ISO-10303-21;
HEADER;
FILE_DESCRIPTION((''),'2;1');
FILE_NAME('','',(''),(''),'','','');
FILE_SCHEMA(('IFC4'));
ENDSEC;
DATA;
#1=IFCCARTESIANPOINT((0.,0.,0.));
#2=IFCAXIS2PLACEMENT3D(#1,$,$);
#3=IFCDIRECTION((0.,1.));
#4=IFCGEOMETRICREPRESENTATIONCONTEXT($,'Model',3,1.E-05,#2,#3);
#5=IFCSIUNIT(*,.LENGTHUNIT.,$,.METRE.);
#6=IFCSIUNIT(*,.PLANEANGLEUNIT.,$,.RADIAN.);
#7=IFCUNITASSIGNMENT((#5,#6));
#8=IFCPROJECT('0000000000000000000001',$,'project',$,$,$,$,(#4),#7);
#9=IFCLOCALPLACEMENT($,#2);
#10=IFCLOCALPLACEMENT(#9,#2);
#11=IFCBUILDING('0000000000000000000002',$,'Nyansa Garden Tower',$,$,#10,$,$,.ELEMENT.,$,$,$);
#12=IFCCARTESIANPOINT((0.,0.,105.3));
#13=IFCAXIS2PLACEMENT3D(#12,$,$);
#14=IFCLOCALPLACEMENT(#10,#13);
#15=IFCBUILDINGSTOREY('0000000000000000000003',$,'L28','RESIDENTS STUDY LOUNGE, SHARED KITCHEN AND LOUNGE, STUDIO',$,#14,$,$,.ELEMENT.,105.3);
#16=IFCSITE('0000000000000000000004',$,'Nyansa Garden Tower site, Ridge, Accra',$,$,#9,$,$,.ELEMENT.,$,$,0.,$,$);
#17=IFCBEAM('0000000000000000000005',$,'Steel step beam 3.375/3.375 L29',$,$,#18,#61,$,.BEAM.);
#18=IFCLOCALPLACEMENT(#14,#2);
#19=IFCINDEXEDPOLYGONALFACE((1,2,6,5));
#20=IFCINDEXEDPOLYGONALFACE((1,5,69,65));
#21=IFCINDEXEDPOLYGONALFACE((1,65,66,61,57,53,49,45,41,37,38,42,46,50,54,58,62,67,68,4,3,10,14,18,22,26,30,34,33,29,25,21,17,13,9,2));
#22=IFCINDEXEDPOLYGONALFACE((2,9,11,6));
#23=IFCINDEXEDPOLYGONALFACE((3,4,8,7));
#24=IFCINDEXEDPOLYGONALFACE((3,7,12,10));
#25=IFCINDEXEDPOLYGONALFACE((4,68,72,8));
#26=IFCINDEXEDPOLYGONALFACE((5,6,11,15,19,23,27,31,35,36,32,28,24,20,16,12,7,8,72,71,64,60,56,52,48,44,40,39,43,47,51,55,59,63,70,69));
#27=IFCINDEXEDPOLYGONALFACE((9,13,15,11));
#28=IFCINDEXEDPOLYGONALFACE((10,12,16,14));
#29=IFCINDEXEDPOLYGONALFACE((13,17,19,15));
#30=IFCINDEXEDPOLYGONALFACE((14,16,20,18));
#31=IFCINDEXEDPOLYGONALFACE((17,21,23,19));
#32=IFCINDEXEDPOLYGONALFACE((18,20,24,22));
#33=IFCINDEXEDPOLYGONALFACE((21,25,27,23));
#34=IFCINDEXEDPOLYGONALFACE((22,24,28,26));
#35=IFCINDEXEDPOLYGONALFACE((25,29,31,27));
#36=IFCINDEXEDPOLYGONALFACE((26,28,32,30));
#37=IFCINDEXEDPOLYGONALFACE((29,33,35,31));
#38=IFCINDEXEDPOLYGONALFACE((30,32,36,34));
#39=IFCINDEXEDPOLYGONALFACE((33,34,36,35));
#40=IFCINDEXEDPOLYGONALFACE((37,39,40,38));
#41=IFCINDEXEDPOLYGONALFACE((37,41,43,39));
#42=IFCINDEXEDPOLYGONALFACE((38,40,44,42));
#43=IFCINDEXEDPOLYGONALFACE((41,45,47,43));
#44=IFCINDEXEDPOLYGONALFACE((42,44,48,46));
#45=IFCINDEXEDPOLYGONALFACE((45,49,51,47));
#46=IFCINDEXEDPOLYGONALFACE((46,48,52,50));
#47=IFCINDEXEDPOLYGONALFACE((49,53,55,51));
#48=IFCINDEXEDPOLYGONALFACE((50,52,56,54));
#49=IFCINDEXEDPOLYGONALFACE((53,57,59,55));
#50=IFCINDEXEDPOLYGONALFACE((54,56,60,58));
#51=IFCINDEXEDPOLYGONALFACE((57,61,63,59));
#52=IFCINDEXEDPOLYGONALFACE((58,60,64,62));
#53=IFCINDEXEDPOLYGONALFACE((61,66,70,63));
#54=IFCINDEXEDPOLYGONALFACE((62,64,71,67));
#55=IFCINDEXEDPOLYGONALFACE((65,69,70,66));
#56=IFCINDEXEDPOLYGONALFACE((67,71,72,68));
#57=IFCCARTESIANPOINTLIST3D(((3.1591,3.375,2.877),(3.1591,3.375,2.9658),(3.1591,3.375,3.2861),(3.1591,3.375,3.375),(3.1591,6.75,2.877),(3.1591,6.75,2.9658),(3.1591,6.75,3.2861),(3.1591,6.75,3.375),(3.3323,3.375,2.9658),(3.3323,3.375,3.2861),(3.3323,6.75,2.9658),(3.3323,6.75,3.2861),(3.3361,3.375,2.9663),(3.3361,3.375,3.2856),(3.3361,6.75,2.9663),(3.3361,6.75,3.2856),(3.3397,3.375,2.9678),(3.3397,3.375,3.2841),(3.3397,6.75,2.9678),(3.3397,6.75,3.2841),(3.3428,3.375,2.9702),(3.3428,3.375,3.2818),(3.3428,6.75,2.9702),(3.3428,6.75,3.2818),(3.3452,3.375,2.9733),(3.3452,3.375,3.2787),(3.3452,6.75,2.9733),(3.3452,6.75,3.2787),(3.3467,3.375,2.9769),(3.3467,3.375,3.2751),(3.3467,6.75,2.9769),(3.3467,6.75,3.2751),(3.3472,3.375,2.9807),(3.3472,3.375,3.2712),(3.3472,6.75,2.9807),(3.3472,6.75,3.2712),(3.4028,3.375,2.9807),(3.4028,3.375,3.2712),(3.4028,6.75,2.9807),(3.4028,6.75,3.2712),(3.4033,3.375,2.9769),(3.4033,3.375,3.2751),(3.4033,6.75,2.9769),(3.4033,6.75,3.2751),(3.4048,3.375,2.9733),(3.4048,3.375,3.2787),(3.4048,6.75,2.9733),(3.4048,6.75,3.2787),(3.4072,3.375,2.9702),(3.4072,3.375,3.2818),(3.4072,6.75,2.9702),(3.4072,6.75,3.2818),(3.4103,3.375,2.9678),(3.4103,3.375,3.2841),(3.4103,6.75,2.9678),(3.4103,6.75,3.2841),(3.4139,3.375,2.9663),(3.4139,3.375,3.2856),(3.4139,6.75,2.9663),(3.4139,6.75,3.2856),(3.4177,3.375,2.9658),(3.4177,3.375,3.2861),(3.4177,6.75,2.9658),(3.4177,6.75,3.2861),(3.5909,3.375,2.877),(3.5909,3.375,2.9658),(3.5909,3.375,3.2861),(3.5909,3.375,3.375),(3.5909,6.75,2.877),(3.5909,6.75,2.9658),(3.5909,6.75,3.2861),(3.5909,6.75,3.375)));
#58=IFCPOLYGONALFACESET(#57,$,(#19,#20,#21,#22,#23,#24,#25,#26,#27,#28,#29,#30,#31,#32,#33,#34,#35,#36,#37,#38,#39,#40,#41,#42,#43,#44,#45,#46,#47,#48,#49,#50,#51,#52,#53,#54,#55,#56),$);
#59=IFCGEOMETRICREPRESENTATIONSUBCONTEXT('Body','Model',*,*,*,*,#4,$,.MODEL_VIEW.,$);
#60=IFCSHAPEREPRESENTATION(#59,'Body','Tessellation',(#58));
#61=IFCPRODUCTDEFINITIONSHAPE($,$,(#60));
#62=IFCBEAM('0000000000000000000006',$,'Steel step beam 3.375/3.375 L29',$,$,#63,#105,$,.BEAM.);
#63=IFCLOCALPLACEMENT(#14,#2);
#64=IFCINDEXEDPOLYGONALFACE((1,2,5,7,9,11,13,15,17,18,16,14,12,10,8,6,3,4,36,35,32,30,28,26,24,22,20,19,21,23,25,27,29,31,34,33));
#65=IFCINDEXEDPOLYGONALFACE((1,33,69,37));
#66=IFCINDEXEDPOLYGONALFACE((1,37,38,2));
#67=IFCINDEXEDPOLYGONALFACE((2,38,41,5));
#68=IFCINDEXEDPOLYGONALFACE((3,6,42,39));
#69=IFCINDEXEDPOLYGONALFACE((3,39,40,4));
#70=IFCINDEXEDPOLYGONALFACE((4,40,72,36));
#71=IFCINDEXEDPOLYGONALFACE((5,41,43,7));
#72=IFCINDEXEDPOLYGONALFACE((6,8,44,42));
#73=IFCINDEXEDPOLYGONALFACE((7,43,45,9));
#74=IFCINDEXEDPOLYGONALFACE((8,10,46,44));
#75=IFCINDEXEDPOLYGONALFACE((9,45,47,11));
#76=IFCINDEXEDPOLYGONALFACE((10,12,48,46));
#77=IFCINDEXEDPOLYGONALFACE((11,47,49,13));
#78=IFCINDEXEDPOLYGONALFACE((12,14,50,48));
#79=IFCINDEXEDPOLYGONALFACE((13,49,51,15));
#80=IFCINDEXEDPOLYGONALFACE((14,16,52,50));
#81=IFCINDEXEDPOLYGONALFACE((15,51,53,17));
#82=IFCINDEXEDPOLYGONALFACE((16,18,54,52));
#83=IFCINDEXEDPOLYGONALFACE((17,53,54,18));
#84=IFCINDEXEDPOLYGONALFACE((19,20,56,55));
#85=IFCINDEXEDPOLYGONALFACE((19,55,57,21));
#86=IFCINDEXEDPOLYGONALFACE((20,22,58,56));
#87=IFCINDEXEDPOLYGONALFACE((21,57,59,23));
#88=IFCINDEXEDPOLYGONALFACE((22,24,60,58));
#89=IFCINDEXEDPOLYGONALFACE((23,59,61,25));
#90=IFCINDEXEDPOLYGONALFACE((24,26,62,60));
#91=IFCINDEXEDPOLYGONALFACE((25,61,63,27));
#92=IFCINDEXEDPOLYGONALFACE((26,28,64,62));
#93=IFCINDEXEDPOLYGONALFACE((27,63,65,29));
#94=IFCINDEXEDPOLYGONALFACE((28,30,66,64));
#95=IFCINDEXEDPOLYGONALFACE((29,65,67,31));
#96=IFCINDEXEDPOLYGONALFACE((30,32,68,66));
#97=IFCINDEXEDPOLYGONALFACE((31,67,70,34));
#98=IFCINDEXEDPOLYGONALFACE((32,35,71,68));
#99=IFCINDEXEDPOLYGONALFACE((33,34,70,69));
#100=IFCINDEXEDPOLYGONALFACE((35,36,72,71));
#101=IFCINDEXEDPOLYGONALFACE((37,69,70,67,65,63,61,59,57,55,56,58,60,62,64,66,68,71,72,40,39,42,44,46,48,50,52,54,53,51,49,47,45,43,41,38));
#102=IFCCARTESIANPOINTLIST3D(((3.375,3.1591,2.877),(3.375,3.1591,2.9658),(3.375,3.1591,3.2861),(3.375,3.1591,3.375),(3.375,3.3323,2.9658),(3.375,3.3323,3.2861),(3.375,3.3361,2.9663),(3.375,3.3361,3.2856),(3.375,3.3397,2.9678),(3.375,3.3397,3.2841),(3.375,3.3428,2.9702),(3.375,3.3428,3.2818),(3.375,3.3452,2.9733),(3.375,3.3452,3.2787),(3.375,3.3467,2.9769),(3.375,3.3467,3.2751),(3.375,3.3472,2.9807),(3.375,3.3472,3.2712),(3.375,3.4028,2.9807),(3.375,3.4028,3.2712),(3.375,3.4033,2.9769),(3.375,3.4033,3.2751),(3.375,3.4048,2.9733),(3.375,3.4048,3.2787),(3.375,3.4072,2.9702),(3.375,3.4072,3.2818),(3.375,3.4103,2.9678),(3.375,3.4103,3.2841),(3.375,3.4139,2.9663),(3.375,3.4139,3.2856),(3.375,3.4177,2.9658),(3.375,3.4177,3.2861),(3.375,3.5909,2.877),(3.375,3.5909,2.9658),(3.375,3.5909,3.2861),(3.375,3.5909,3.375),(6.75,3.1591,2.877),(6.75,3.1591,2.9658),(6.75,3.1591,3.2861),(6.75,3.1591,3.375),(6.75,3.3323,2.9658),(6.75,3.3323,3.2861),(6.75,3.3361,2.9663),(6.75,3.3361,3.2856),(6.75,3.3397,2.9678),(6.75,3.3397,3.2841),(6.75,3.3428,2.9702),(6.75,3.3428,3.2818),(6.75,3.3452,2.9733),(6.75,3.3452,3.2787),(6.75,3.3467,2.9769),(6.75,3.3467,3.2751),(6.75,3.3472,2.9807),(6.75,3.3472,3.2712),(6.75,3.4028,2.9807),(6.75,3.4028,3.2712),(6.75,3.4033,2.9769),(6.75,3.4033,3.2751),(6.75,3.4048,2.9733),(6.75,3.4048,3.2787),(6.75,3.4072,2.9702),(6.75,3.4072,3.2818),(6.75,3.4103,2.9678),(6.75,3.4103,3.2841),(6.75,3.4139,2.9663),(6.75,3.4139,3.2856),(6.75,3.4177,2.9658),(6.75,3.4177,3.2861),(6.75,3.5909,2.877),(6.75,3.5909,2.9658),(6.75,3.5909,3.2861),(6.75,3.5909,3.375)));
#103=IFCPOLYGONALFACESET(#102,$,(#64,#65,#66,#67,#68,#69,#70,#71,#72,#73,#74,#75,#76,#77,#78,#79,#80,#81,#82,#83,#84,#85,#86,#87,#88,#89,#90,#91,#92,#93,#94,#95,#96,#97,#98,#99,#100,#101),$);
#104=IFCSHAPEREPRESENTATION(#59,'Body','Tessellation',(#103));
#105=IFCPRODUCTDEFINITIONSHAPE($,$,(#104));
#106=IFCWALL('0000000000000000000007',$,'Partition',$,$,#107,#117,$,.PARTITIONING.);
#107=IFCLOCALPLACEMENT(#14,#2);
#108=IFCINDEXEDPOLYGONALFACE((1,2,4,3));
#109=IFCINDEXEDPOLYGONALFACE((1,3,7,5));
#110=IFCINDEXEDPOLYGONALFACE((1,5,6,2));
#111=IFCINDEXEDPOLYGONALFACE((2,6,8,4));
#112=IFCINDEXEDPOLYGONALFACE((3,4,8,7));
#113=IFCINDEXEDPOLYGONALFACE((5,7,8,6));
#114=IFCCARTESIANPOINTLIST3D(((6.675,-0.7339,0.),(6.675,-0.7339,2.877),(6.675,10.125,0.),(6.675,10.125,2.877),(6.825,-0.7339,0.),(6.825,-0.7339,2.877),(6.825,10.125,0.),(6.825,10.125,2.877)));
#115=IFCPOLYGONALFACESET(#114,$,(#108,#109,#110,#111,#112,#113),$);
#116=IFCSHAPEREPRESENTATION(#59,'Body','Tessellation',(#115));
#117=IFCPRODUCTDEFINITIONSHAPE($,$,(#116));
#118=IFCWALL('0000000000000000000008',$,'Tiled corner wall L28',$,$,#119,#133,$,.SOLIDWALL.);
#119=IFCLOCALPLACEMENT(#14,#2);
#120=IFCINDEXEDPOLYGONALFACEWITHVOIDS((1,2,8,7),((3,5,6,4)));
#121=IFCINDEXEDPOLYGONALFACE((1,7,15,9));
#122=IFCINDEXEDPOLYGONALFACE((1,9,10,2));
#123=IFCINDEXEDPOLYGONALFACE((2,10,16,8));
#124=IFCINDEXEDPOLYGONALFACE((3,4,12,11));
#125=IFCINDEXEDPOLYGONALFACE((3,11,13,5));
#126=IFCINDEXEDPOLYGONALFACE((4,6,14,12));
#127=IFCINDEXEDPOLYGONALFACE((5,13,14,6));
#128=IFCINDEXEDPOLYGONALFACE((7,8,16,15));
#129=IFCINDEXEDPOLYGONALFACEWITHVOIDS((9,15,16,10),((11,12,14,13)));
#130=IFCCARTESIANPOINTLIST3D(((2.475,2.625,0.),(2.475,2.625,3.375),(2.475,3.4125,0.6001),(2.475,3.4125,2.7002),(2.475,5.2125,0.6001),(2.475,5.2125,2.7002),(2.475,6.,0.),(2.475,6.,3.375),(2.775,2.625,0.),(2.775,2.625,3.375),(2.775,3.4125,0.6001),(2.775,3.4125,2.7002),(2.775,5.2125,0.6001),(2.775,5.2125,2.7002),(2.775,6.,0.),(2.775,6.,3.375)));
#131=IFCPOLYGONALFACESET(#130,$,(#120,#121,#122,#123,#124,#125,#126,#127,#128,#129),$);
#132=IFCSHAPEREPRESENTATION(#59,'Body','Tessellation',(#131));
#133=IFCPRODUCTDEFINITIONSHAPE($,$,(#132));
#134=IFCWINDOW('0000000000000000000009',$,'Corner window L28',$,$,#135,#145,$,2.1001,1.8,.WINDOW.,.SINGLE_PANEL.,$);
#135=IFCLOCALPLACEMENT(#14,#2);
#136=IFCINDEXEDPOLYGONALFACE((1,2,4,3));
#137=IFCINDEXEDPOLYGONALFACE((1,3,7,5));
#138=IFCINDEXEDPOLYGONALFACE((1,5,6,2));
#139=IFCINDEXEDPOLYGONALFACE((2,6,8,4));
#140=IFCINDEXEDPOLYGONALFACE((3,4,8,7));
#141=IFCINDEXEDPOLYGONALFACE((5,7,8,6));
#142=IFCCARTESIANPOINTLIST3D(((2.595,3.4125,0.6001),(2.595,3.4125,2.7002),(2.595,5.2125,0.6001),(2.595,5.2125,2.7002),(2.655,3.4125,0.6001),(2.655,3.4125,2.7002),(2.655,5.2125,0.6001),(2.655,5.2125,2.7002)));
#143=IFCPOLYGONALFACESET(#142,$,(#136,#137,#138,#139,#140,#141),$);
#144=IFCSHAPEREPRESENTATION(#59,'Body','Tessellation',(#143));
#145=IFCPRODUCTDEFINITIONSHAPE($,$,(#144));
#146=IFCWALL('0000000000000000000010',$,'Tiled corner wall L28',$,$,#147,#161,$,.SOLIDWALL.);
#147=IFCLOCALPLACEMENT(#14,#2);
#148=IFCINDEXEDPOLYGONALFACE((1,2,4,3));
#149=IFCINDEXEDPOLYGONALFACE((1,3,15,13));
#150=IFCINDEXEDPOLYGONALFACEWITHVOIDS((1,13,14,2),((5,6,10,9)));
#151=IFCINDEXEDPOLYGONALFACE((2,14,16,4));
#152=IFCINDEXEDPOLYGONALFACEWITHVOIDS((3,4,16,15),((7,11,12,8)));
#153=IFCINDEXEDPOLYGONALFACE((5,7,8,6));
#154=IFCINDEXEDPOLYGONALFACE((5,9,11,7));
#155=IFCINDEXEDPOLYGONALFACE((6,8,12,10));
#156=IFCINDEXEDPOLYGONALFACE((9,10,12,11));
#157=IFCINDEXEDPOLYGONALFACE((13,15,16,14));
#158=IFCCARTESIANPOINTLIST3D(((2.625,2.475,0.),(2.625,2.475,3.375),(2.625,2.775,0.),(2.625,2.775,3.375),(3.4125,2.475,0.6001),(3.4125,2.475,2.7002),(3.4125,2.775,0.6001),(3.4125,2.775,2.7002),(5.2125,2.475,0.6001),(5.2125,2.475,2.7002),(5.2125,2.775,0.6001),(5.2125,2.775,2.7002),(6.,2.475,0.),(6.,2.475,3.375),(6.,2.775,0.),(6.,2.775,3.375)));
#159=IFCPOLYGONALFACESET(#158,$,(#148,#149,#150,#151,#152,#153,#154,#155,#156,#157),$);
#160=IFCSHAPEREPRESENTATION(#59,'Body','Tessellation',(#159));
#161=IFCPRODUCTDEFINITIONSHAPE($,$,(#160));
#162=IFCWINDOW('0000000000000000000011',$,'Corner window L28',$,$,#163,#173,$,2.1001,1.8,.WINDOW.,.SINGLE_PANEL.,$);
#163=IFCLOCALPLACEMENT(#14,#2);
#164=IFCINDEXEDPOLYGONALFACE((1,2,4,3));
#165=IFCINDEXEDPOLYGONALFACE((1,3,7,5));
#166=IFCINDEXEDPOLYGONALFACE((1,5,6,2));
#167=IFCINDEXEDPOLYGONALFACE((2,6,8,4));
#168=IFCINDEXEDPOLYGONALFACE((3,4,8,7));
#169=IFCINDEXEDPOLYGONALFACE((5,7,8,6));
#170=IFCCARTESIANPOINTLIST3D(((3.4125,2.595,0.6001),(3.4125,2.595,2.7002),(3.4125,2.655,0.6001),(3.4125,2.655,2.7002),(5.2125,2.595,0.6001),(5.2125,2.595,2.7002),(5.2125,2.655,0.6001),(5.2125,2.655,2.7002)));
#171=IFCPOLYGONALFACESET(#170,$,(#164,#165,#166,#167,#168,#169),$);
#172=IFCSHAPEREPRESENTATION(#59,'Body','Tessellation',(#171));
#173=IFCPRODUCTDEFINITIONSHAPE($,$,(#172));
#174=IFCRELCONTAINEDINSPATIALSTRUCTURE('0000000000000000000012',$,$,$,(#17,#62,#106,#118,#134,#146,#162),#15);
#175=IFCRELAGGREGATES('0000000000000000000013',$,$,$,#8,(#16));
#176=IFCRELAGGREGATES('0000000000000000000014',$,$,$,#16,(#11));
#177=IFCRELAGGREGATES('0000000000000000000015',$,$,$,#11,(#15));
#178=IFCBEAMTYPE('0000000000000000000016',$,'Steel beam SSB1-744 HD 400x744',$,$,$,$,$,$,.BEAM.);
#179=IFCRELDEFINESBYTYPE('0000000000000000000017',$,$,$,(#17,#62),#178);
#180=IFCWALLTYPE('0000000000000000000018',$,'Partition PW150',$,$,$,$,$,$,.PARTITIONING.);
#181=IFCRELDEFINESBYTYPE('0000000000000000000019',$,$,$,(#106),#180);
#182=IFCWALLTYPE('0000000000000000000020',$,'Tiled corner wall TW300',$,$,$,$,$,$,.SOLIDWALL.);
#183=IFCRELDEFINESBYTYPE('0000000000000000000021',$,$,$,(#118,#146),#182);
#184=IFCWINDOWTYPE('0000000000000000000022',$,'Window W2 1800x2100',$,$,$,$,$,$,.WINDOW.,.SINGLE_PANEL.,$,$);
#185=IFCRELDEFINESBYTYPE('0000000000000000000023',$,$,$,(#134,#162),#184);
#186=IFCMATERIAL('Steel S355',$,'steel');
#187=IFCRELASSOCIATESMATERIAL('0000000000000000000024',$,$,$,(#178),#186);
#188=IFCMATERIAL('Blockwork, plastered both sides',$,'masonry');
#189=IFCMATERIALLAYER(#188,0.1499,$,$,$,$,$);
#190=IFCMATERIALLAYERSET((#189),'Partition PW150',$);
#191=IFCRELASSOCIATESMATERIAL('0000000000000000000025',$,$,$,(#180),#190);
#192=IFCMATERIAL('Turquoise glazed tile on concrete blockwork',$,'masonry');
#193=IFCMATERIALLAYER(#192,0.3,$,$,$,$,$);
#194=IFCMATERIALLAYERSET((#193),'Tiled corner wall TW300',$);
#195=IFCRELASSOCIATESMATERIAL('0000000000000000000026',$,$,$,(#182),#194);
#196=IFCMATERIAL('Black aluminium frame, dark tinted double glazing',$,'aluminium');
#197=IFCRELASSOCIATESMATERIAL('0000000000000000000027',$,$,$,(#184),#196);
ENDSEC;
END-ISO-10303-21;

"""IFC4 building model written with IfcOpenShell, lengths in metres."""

from ifc_helpers import new_model, si_unit, direction, frame, frame_2d, origin, origin_2d, place, context, subcontext, project, spatial, rectangle, i_section, extrude, material, layer, layer_set, material_profile, profile_set, type_object, element, fill, save


model = new_model("IFC4")

# Units and contexts
model_context = context("Model", 3, precision=1e-05, world=origin(), true_north=direction((0.0, 1.0)))
body_context = subcontext(model_context, "Body", "Model", "MODEL_VIEW")
ifc_project = project(units=[si_unit("LENGTHUNIT", "METRE"), si_unit("PLANEANGLEUNIT", "RADIAN")], contexts=[model_context])

# Site, building, storey
site_placement = place(None, origin())
site = spatial("IfcSite", under=ifc_project, at=site_placement, Name="Nyansa Garden Tower site, Ridge, Accra", CompositionType="ELEMENT", RefElevation=0.0)
building_placement = place(site_placement, origin())
building = spatial("IfcBuilding", under=site, at=building_placement, Name="Nyansa Garden Tower", CompositionType="ELEMENT")
storey_placement = place(building_placement, frame((0.0, 0.0, 105.3)))
storey = spatial("IfcBuildingStorey", under=building, at=storey_placement, Name="L28", Description="RESIDENTS STUDY LOUNGE, SHARED KITCHEN AND LOUNGE, STUDIO", CompositionType="ELEMENT", Elevation=105.3)

# Beams
ifc_material_1 = material(Name="Steel S355", Category="steel")
ifc_material_profile_1 = material_profile(ifc_material_1, i_section(OverallWidth=0.4319, OverallDepth=0.498, WebThickness=0.0557, FlangeThickness=0.0889, FilletRadius=0.0149, at=origin_2d()), Name="HD 400x744")
ifc_profile_set_1 = profile_set([ifc_material_profile_1], Name="Steel S355")
beam_type_1 = type_object("IfcBeamType", Name="Steel beam SSB1-744 HD 400x744", PredefinedType="BEAM", material=ifc_profile_set_1)
for number, where, z_axis, x_axis, name in (
    (1, (3.375, 3.375, 3.126), (0.0, 1.0, 0.0), (-1.0, 0.0, 0.0), "Steel step beam 3.375/3.375 L29"),
    (2, (3.375, 3.375, 3.126), (1.0, 0.0, 0.0), (0.0, 1.0, 0.0), "Steel step beam 3.375/3.375 L29"),
):
    element("IfcBeam", number, at=place(storey_placement, frame(where, z_axis=z_axis, x_axis=x_axis)), inside=storey, type_object=beam_type_1, Name=name, PredefinedType="BEAM", context=body_context, shape_type="SweptSolid", body=[
        extrude(i_section(OverallWidth=0.4319, OverallDepth=0.498, WebThickness=0.0557, FlangeThickness=0.0889, FilletRadius=0.0149, at=origin_2d()), origin(), (0.0, 0.0, 1.0), 3.375),
    ])

# Wall
ifc_material_2 = material(Name="Blockwork, plastered both sides", Category="masonry")
ifc_layer_1 = layer(ifc_material_2, 0.1499)
ifc_layer_set_1 = layer_set([ifc_layer_1], Name="Partition PW150")
wall_type_1 = type_object("IfcWallType", Name="Partition PW150", PredefinedType="PARTITIONING", material=ifc_layer_set_1)
wall_1_placement = place(storey_placement, frame((6.75, -0.7339, 0.0), z_axis=(0.0, 0.0, 1.0), x_axis=(0.0, 1.0, 0.0)))
element("IfcWall", 3, at=wall_1_placement, inside=storey, type_object=wall_type_1, Name="Partition", PredefinedType="PARTITIONING", context=body_context, shape_type="SweptSolid", body=[
    extrude(rectangle(XDim=10.8589, YDim=0.1499, at=frame_2d((5.4294, 0.0))), origin(), (0.0, 0.0, 1.0), 2.877),
])

# Walls, openings, windows
ifc_material_3 = material(Name="Turquoise glazed tile on concrete blockwork", Category="masonry")
ifc_layer_2 = layer(ifc_material_3, 0.3)
ifc_layer_set_2 = layer_set([ifc_layer_2], Name="Tiled corner wall TW300")
wall_type_2 = type_object("IfcWallType", Name="Tiled corner wall TW300", PredefinedType="SOLIDWALL", material=ifc_layer_set_2)
wall_2_placement = place(storey_placement, frame((2.625, 6.0, 0.0), z_axis=(0.0, 0.0, 1.0), x_axis=(0.0, -1.0, 0.0)))
wall_2 = element("IfcWall", 4, at=wall_2_placement, inside=storey, type_object=wall_type_2, Name="Tiled corner wall L28", PredefinedType="SOLIDWALL", context=body_context, shape_type="SweptSolid", body=[
    extrude(rectangle(XDim=3.375, YDim=0.3, at=frame_2d((1.6875, 0.0))), origin(), (0.0, 0.0, 1.0), 3.375),
])
opening_1_placement = place(wall_2_placement, frame((0.7876, 0.0, 0.6001)))
opening_1 = element("IfcOpeningElement", 5, at=opening_1_placement, cuts=wall_2, PredefinedType="OPENING", context=body_context, shape_type="SweptSolid", body=[
    extrude(rectangle(XDim=1.8, YDim=2.1001, at=frame_2d((0.8999, 1.05))), frame((0.0, 0.1599, 0.0), z_axis=(0.0, -1.0, 0.0), x_axis=(1.0, 0.0, 0.0)), (0.0, 0.0, 1.0), 0.3201),
])
ifc_material_4 = material(Name="Black aluminium frame, dark tinted double glazing", Category="aluminium")
window_type_1 = type_object("IfcWindowType", Name="Window W2 1800x2100", PartitioningType="SINGLE_PANEL", PredefinedType="WINDOW", material=ifc_material_4)
window_1_placement = place(opening_1_placement, origin())
window_1 = element("IfcWindow", 6, at=window_1_placement, inside=storey, type_object=window_type_1, Name="Corner window L28", OverallHeight=2.1001, OverallWidth=1.8, PartitioningType="SINGLE_PANEL", PredefinedType="WINDOW", context=body_context, shape_type="SweptSolid", body=[
    extrude(rectangle(XDim=1.8, YDim=2.1001, at=frame_2d((0.8999, 1.05))), frame((0.0, 0.03, 0.0), z_axis=(0.0, -1.0, 0.0), x_axis=(1.0, 0.0, 0.0)), (0.0, 0.0, 1.0), 0.0601),
])
fill(opening_1, window_1)
wall_3_placement = place(storey_placement, frame((2.625, 2.625, 0.0), z_axis=(0.0, 0.0, 1.0), x_axis=(1.0, 0.0, 0.0)))
wall_3 = element("IfcWall", 7, at=wall_3_placement, inside=storey, type_object=wall_type_2, Name="Tiled corner wall L28", PredefinedType="SOLIDWALL", context=body_context, shape_type="SweptSolid", body=[
    extrude(rectangle(XDim=3.375, YDim=0.3, at=frame_2d((1.6875, 0.0))), origin(), (0.0, 0.0, 1.0), 3.375),
])
opening_2_placement = place(wall_3_placement, frame((0.7876, 0.0, 0.6001)))
opening_2 = element("IfcOpeningElement", 8, at=opening_2_placement, cuts=wall_3, PredefinedType="OPENING", context=body_context, shape_type="SweptSolid", body=[
    extrude(rectangle(XDim=1.8, YDim=2.1001, at=frame_2d((0.8999, 1.05))), frame((0.0, 0.1599, 0.0), z_axis=(0.0, -1.0, 0.0), x_axis=(1.0, 0.0, 0.0)), (0.0, 0.0, 1.0), 0.3201),
])
window_2_placement = place(opening_2_placement, origin())
window_2 = element("IfcWindow", 9, at=window_2_placement, inside=storey, type_object=window_type_1, Name="Corner window L28", OverallHeight=2.1001, OverallWidth=1.8, PartitioningType="SINGLE_PANEL", PredefinedType="WINDOW", context=body_context, shape_type="SweptSolid", body=[
    extrude(rectangle(XDim=1.8, YDim=2.1001, at=frame_2d((0.8999, 1.05))), frame((0.0, 0.03, 0.0), z_axis=(0.0, -1.0, 0.0), x_axis=(1.0, 0.0, 0.0)), (0.0, 0.0, 1.0), 0.0601),
])
fill(opening_2, window_2)

save(model, "model.ifc")
